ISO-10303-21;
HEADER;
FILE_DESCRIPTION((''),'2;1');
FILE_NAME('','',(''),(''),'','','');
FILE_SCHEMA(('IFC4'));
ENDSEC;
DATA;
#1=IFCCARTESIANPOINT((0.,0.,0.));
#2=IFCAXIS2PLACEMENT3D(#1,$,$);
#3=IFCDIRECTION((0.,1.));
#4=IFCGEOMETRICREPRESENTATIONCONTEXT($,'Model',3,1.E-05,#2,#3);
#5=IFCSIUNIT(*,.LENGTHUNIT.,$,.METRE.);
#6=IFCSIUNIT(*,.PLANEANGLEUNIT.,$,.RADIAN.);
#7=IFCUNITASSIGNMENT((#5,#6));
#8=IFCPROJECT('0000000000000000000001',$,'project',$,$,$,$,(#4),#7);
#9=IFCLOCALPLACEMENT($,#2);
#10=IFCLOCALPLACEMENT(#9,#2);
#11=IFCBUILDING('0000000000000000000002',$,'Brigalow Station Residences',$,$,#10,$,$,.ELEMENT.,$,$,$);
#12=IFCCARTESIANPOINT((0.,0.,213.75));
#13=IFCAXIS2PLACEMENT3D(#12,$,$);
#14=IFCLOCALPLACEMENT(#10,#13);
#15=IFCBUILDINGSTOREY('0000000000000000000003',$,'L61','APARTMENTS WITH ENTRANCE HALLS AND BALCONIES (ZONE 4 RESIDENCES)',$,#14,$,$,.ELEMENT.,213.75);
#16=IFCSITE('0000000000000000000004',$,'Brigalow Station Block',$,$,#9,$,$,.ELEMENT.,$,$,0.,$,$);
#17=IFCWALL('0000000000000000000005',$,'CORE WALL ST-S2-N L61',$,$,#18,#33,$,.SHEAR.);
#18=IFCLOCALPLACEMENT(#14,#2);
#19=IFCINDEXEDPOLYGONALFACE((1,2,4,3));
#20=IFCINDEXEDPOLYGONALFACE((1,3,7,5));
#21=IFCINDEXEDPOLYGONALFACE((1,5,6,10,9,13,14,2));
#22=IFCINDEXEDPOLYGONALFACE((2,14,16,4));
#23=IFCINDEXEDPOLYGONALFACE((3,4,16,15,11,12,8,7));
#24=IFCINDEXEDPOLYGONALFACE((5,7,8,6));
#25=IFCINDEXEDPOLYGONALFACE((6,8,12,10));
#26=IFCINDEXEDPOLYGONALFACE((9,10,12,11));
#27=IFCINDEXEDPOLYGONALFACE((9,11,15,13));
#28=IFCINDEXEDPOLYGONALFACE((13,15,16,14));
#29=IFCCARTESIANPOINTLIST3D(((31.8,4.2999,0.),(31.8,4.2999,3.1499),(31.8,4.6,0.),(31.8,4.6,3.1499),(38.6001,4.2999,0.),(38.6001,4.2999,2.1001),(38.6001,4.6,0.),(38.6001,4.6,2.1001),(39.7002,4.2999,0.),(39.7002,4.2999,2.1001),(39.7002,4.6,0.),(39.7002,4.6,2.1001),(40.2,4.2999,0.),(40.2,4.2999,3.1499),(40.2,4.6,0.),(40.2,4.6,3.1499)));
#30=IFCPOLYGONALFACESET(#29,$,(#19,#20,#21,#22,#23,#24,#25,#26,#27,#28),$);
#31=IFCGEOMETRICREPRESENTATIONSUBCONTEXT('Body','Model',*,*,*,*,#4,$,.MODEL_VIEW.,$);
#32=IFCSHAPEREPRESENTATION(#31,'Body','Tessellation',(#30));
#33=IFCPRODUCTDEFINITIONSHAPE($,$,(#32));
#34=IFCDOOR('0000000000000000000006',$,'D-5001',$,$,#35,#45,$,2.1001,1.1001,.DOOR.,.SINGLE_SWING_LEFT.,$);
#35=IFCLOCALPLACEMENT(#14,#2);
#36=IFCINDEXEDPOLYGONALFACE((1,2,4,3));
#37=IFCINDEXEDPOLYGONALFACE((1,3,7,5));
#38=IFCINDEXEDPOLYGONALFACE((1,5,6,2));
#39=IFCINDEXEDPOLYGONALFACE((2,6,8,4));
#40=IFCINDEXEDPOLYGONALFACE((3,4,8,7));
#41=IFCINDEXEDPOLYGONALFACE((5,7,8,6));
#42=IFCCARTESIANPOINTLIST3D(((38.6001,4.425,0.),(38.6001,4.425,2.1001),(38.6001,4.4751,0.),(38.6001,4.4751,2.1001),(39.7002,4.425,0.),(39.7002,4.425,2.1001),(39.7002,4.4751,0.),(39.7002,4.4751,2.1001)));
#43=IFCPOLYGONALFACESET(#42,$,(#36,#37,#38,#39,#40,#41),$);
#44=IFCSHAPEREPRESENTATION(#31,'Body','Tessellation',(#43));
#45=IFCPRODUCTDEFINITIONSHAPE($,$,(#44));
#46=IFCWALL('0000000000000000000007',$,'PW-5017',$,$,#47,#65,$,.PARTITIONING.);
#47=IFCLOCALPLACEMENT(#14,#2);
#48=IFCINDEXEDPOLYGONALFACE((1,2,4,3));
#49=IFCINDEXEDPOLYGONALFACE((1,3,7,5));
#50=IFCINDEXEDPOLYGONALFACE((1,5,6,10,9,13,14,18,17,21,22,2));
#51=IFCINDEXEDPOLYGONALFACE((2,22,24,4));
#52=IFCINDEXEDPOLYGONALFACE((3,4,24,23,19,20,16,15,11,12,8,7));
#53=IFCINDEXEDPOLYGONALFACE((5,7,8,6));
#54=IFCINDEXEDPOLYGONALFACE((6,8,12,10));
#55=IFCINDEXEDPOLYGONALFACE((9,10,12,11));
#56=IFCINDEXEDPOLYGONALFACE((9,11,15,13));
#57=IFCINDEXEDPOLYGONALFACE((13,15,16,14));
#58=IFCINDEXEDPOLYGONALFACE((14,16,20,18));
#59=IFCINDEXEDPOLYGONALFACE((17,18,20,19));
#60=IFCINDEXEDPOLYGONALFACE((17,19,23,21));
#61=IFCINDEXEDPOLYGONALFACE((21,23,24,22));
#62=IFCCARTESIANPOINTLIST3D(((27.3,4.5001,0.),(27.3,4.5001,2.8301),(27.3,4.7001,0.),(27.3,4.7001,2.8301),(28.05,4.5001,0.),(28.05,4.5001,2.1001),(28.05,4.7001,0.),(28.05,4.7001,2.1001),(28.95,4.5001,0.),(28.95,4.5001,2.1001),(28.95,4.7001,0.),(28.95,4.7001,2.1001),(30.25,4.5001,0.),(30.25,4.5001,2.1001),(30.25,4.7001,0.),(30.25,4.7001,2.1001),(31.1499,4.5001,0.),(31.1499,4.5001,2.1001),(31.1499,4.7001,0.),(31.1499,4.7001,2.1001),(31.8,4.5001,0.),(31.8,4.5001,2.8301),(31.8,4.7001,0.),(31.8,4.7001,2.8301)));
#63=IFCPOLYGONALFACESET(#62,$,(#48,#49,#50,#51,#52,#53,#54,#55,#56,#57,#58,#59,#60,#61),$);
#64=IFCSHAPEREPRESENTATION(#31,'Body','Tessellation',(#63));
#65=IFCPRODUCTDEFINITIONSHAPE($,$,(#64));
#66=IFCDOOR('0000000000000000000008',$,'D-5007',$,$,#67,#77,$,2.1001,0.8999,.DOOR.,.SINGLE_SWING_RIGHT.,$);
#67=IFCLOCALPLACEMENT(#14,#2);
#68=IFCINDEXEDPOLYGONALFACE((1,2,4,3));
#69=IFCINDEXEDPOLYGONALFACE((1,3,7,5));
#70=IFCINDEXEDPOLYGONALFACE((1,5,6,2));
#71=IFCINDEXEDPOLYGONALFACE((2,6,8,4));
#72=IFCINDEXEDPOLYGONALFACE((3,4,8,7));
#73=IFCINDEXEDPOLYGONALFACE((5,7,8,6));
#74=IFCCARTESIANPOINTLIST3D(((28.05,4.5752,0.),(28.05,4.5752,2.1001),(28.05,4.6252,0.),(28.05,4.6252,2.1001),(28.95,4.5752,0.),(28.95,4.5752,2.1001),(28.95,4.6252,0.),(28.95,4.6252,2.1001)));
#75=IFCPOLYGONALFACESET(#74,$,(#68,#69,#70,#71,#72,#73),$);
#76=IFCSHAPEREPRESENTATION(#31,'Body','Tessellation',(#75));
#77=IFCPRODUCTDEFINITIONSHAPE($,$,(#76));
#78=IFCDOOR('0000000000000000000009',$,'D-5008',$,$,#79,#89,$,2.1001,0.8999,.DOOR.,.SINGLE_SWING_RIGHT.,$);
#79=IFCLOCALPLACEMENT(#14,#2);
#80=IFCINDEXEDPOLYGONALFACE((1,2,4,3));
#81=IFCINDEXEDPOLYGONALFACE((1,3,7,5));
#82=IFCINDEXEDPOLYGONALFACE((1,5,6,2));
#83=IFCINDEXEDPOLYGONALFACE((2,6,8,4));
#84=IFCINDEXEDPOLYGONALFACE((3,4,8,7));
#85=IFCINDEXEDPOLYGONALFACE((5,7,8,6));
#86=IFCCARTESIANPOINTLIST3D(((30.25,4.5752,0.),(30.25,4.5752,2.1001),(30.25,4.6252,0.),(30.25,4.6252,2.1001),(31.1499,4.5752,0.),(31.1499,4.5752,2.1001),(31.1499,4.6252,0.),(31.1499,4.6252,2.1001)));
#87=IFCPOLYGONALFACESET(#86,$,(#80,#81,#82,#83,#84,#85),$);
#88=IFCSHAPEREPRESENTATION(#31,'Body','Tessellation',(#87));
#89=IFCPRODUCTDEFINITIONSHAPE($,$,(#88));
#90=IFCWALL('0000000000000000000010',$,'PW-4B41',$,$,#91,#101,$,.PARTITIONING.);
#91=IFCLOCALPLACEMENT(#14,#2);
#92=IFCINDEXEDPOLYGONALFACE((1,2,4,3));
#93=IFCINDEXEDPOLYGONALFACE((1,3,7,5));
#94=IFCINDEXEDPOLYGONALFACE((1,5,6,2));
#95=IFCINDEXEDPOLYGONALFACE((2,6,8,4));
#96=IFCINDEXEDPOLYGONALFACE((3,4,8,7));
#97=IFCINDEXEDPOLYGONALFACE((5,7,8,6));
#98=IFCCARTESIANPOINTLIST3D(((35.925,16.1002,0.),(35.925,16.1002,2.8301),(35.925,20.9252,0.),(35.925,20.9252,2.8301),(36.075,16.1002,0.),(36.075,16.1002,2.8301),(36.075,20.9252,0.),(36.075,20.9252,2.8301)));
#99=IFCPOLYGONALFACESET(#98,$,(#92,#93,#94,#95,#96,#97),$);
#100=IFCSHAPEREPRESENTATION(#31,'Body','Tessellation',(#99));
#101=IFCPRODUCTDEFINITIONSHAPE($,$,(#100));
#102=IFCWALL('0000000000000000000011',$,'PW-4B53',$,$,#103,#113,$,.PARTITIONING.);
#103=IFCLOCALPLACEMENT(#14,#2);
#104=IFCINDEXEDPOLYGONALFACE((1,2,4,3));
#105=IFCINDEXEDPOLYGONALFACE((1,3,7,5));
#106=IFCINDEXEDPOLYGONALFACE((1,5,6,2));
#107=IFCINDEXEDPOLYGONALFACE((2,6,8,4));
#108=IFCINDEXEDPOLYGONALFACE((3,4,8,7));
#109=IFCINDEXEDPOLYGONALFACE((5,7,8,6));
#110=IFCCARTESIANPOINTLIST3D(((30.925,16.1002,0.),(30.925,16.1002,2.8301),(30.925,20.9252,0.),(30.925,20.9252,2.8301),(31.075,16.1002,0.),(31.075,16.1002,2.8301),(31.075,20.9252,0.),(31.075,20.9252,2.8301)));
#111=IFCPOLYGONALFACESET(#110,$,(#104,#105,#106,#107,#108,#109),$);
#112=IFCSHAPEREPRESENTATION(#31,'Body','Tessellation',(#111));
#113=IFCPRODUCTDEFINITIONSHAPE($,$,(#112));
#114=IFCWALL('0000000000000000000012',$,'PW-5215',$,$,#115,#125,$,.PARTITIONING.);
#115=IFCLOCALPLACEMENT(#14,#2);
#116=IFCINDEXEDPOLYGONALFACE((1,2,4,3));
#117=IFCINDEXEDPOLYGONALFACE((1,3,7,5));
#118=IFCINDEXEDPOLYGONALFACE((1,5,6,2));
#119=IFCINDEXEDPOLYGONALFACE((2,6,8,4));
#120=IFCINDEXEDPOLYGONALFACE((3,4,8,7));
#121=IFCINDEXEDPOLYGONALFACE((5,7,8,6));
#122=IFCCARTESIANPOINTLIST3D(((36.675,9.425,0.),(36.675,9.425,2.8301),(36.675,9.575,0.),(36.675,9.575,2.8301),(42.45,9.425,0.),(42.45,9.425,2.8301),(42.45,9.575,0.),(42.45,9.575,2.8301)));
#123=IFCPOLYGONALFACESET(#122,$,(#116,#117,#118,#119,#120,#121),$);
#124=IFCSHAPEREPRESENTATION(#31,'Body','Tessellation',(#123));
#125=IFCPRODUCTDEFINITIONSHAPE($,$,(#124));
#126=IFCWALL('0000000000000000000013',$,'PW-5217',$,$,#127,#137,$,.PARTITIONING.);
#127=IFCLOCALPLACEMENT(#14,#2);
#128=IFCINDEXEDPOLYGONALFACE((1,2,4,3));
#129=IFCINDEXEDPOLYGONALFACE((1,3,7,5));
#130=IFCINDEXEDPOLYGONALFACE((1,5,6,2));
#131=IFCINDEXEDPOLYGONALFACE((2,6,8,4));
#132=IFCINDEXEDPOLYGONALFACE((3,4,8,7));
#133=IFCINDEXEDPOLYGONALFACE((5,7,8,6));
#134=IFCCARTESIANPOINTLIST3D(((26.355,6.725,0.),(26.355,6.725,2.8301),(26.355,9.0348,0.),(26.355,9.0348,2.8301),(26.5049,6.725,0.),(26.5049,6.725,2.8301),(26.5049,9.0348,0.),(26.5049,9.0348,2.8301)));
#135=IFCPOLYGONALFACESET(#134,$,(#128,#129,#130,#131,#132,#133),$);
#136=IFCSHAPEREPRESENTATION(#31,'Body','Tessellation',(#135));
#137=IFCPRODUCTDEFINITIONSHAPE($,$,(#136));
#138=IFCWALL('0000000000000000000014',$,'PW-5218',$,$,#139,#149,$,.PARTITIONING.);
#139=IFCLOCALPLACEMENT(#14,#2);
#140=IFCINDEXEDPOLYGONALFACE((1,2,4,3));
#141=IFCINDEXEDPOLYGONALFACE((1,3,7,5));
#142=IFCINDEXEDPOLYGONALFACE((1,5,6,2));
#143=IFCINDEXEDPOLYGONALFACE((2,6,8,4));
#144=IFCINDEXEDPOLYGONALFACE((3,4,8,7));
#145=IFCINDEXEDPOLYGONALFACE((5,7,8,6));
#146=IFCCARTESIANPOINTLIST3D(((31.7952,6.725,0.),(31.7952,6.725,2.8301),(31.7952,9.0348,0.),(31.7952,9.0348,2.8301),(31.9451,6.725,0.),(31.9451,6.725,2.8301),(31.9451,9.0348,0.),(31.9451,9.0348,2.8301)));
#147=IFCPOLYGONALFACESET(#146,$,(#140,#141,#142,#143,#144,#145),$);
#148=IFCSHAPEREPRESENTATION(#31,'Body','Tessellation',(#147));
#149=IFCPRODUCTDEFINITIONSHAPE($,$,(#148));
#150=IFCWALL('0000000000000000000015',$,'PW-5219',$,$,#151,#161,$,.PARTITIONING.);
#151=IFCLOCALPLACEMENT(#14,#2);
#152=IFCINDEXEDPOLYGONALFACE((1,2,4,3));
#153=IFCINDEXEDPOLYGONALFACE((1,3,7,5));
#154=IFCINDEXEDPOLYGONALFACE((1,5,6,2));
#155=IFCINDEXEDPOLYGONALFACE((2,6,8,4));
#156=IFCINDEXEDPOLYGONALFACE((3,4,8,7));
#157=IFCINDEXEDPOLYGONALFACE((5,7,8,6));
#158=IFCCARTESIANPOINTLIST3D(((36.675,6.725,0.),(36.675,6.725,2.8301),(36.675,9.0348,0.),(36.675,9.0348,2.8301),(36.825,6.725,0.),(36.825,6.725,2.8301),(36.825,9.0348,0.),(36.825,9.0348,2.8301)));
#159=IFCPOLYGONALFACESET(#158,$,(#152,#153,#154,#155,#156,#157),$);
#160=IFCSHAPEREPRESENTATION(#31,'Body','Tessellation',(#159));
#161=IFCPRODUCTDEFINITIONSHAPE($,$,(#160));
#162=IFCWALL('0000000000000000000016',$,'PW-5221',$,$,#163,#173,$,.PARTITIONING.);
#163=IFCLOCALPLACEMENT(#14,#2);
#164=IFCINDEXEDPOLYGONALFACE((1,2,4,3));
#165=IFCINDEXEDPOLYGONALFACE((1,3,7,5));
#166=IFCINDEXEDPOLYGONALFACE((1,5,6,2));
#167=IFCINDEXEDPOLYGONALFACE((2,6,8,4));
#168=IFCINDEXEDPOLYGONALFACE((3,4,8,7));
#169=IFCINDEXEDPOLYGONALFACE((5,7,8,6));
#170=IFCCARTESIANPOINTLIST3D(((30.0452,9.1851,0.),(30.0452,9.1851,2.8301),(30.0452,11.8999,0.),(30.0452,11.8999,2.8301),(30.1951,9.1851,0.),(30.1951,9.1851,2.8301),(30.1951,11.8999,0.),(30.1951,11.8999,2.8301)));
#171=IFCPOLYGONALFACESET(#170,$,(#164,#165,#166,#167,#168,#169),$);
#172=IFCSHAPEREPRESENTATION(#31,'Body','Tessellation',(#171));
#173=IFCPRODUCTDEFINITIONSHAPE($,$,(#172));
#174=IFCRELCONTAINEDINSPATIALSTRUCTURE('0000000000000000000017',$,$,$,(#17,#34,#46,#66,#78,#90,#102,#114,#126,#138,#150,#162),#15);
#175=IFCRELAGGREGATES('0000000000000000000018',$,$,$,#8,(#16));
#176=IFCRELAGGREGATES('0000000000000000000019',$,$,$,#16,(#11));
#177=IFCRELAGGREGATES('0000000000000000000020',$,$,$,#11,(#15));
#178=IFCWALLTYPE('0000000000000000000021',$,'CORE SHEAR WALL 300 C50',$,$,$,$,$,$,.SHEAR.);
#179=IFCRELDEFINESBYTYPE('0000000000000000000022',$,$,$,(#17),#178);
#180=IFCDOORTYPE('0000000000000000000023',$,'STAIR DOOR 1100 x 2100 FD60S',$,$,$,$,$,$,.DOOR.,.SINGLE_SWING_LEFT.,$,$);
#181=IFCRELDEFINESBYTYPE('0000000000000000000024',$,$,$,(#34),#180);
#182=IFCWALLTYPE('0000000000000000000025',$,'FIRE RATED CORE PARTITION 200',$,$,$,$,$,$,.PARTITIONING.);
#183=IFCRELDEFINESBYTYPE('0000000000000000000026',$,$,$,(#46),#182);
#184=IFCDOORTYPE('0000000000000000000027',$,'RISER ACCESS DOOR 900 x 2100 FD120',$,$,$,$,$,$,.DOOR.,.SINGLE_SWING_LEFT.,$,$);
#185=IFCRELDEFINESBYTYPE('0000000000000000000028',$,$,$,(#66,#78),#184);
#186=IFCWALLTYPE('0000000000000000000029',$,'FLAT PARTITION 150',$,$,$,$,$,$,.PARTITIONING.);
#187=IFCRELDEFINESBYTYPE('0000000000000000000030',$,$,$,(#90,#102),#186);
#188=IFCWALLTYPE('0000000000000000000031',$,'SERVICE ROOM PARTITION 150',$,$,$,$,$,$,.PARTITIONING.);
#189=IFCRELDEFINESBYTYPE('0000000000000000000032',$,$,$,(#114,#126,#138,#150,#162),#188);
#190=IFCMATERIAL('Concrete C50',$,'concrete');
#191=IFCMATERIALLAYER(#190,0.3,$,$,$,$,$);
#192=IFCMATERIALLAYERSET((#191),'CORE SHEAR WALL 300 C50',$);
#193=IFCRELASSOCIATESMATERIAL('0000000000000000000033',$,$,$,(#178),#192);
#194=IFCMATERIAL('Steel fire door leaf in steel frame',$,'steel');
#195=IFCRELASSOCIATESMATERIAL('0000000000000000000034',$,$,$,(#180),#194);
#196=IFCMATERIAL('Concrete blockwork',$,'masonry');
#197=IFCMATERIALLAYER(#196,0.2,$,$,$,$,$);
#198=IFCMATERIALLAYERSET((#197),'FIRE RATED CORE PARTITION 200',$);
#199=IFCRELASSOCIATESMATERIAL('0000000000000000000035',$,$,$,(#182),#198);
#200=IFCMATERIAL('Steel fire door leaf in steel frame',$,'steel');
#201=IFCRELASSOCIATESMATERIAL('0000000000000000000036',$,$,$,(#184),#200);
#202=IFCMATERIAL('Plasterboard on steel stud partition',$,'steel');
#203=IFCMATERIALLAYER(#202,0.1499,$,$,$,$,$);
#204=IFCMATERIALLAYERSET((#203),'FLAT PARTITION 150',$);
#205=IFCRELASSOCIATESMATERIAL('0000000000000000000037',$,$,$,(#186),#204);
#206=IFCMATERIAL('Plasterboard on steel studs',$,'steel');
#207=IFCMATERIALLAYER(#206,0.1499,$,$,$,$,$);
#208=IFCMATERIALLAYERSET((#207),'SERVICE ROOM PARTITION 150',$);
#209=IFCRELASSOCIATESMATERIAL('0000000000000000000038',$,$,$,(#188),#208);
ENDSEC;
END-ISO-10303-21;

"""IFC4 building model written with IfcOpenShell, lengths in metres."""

from ifc_helpers import new_model, si_unit, direction, frame, frame_2d, origin, place, context, subcontext, project, spatial, rectangle, extrude, material, layer, layer_set, type_object, element, fill, save


model = new_model("IFC4")

# Units and contexts
model_context = context("Model", 3, precision=1e-05, world=origin(), true_north=direction((0.0, 1.0)))
body_context = subcontext(model_context, "Body", "Model", "MODEL_VIEW")
ifc_project = project(units=[si_unit("LENGTHUNIT", "METRE"), si_unit("PLANEANGLEUNIT", "RADIAN")], contexts=[model_context])

# Site, building, storey
site_placement = place(None, origin())
site = spatial("IfcSite", under=ifc_project, at=site_placement, Name="Brigalow Station Block", CompositionType="ELEMENT", RefElevation=0.0)
building_placement = place(site_placement, origin())
building = spatial("IfcBuilding", under=site, at=building_placement, Name="Brigalow Station Residences", CompositionType="ELEMENT")
storey_placement = place(building_placement, frame((0.0, 0.0, 213.75)))
storey = spatial("IfcBuildingStorey", under=building, at=storey_placement, Name="L61", Description="APARTMENTS WITH ENTRANCE HALLS AND BALCONIES (ZONE 4 RESIDENCES)", CompositionType="ELEMENT", Elevation=213.75)

# Wall, opening, door
ifc_material_1 = material(Name="Concrete C50", Category="concrete")
ifc_layer_1 = layer(ifc_material_1, 0.3)
ifc_layer_set_1 = layer_set([ifc_layer_1], Name="CORE SHEAR WALL 300 C50")
wall_type_1 = type_object("IfcWallType", Name="CORE SHEAR WALL 300 C50", PredefinedType="SHEAR", material=ifc_layer_set_1)
wall_1_placement = place(storey_placement, frame((31.8, 4.45, 0.0), z_axis=(0.0, 0.0, 1.0), x_axis=(1.0, 0.0, 0.0)))
wall_1 = element("IfcWall", 1, at=wall_1_placement, inside=storey, type_object=wall_type_1, Name="CORE WALL ST-S2-N L61", PredefinedType="SHEAR", context=body_context, shape_type="SweptSolid", body=[
    extrude(rectangle(XDim=8.3999, YDim=0.3, at=frame_2d((4.2, 0.0))), origin(), (0.0, 0.0, 1.0), 3.1499),
])
opening_1_placement = place(wall_1_placement, frame((6.8, 0.0, 0.0)))
opening_1 = element("IfcOpeningElement", 2, at=opening_1_placement, cuts=wall_1, PredefinedType="OPENING", context=body_context, shape_type="SweptSolid", body=[
    extrude(rectangle(XDim=1.1001, YDim=2.1001, at=frame_2d((0.55, 1.05))), frame((0.0, 0.1602, 0.0), z_axis=(0.0, -1.0, 0.0), x_axis=(1.0, 0.0, 0.0)), (0.0, 0.0, 1.0), 0.3201),
])
ifc_material_2 = material(Name="Steel fire door leaf in steel frame", Category="steel")
door_type_1 = type_object("IfcDoorType", Name="STAIR DOOR 1100 x 2100 FD60S", OperationType="SINGLE_SWING_LEFT", PredefinedType="DOOR", material=ifc_material_2)
door_1_placement = place(opening_1_placement, frame((1.1001, 0.0, 0.0), z_axis=(0.0, 0.0, 1.0), x_axis=(-1.0, 0.0, 0.0)))
door_1 = element("IfcDoor", 3, at=door_1_placement, inside=storey, type_object=door_type_1, Name="D-5001", OperationType="SINGLE_SWING_LEFT", OverallHeight=2.1001, OverallWidth=1.1001, PredefinedType="DOOR", context=body_context, shape_type="SweptSolid", body=[
    extrude(rectangle(XDim=1.1001, YDim=2.1001, at=frame_2d((0.55, 1.05))), frame((0.0, 0.0249, 0.0), z_axis=(0.0, -1.0, 0.0), x_axis=(1.0, 0.0, 0.0)), (0.0, 0.0, 1.0), 0.05),
])
fill(opening_1, door_1)

# Wall, openings, doors
ifc_material_3 = material(Name="Concrete blockwork", Category="masonry")
ifc_layer_2 = layer(ifc_material_3, 0.2)
ifc_layer_set_2 = layer_set([ifc_layer_2], Name="FIRE RATED CORE PARTITION 200")
wall_type_2 = type_object("IfcWallType", Name="FIRE RATED CORE PARTITION 200", PredefinedType="PARTITIONING", material=ifc_layer_set_2)
wall_2_placement = place(storey_placement, frame((27.3, 4.6001, 0.0), z_axis=(0.0, 0.0, 1.0), x_axis=(1.0, 0.0, 0.0)))
wall_2 = element("IfcWall", 4, at=wall_2_placement, inside=storey, type_object=wall_type_2, Name="PW-5017", PredefinedType="PARTITIONING", context=body_context, shape_type="SweptSolid", body=[
    extrude(rectangle(XDim=4.5, YDim=0.2, at=frame_2d((2.25, 0.0))), origin(), (0.0, 0.0, 1.0), 2.8301),
])
opening_2_placement = place(wall_2_placement, frame((0.75, 0.0, 0.0)))
opening_2 = element("IfcOpeningElement", 5, at=opening_2_placement, cuts=wall_2, PredefinedType="OPENING", context=body_context, shape_type="SweptSolid", body=[
    extrude(rectangle(XDim=0.8999, YDim=2.1001, at=frame_2d((0.45, 1.05))), frame((0.0, 0.1099, 0.0), z_axis=(0.0, -1.0, 0.0), x_axis=(1.0, 0.0, 0.0)), (0.0, 0.0, 1.0), 0.22),
])
opening_3_placement = place(wall_2_placement, frame((2.95, 0.0, 0.0)))
opening_3 = element("IfcOpeningElement", 6, at=opening_3_placement, cuts=wall_2, PredefinedType="OPENING", context=body_context, shape_type="SweptSolid", body=[
    extrude(rectangle(XDim=0.8999, YDim=2.1001, at=frame_2d((0.45, 1.05))), frame((0.0, 0.1099, 0.0), z_axis=(0.0, -1.0, 0.0), x_axis=(1.0, 0.0, 0.0)), (0.0, 0.0, 1.0), 0.22),
])
ifc_material_4 = material(Name="Steel fire door leaf in steel frame", Category="steel")
door_type_2 = type_object("IfcDoorType", Name="RISER ACCESS DOOR 900 x 2100 FD120", OperationType="SINGLE_SWING_LEFT", PredefinedType="DOOR", material=ifc_material_4)
door_2_placement = place(opening_2_placement, frame((0.8999, 0.0, 0.0), z_axis=(0.0, 0.0, 1.0), x_axis=(-1.0, 0.0, 0.0)))
door_2 = element("IfcDoor", 7, at=door_2_placement, inside=storey, type_object=door_type_2, Name="D-5007", OperationType="SINGLE_SWING_RIGHT", OverallHeight=2.1001, OverallWidth=0.8999, PredefinedType="DOOR", context=body_context, shape_type="SweptSolid", body=[
    extrude(rectangle(XDim=0.8999, YDim=2.1001, at=frame_2d((0.45, 1.05))), frame((0.0, 0.0249, 0.0), z_axis=(0.0, -1.0, 0.0), x_axis=(1.0, 0.0, 0.0)), (0.0, 0.0, 1.0), 0.05),
])
fill(opening_2, door_2)
door_3_placement = place(opening_3_placement, frame((0.8999, 0.0, 0.0), z_axis=(0.0, 0.0, 1.0), x_axis=(-1.0, 0.0, 0.0)))
door_3 = element("IfcDoor", 8, at=door_3_placement, inside=storey, type_object=door_type_2, Name="D-5008", OperationType="SINGLE_SWING_RIGHT", OverallHeight=2.1001, OverallWidth=0.8999, PredefinedType="DOOR", context=body_context, shape_type="SweptSolid", body=[
    extrude(rectangle(XDim=0.8999, YDim=2.1001, at=frame_2d((0.45, 1.05))), frame((0.0, 0.0249, 0.0), z_axis=(0.0, -1.0, 0.0), x_axis=(1.0, 0.0, 0.0)), (0.0, 0.0, 1.0), 0.05),
])
fill(opening_3, door_3)

# Walls
ifc_material_5 = material(Name="Plasterboard on steel stud partition", Category="steel")
ifc_layer_3 = layer(ifc_material_5, 0.1499)
ifc_layer_set_3 = layer_set([ifc_layer_3], Name="FLAT PARTITION 150")
wall_type_3 = type_object("IfcWallType", Name="FLAT PARTITION 150", PredefinedType="PARTITIONING", material=ifc_layer_set_3)
for number, where, z_axis, x_axis, name in (
    (9, (36.0, 16.1001, 0.0), (0.0, 0.0, 1.0), (0.0, 1.0, 0.0), "PW-4B41"),
    (10, (31.0, 16.1001, 0.0), (0.0, 0.0, 1.0), (0.0, 1.0, 0.0), "PW-4B53"),
):
    element("IfcWall", number, at=place(storey_placement, frame(where, z_axis=z_axis, x_axis=x_axis)), inside=storey, type_object=wall_type_3, Name=name, PredefinedType="PARTITIONING", context=body_context, shape_type="SweptSolid", body=[
        extrude(rectangle(XDim=4.825, YDim=0.1499, at=frame_2d((2.4126, 0.0))), origin(), (0.0, 0.0, 1.0), 2.8301),
    ])
ifc_material_6 = material(Name="Plasterboard on steel studs", Category="steel")
ifc_layer_4 = layer(ifc_material_6, 0.1499)
ifc_layer_set_4 = layer_set([ifc_layer_4], Name="SERVICE ROOM PARTITION 150")
wall_type_4 = type_object("IfcWallType", Name="SERVICE ROOM PARTITION 150", PredefinedType="PARTITIONING", material=ifc_layer_set_4)
wall_3_placement = place(storey_placement, frame((36.675, 9.5, 0.0), z_axis=(0.0, 0.0, 1.0), x_axis=(1.0, 0.0, 0.0)))
element("IfcWall", 11, at=wall_3_placement, inside=storey, type_object=wall_type_4, Name="PW-5215", PredefinedType="PARTITIONING", context=body_context, shape_type="SweptSolid", body=[
    extrude(rectangle(XDim=5.7749, YDim=0.1499, at=frame_2d((2.8875, 0.0))), origin(), (0.0, 0.0, 1.0), 2.8301),
])
for number, where, z_axis, x_axis, name in (
    (12, (26.4299, 6.7251, 0.0), (0.0, 0.0, 1.0), (0.0, 1.0, 0.0), "PW-5217"),
    (13, (31.8701, 6.7251, 0.0), (0.0, 0.0, 1.0), (0.0, 1.0, 0.0), "PW-5218"),
    (14, (36.75, 6.7251, 0.0), (0.0, 0.0, 1.0), (0.0, 1.0, 0.0), "PW-5219"),
):
    element("IfcWall", number, at=place(storey_placement, frame(where, z_axis=z_axis, x_axis=x_axis)), inside=storey, type_object=wall_type_4, Name=name, PredefinedType="PARTITIONING", context=body_context, shape_type="SweptSolid", body=[
        extrude(rectangle(XDim=2.3098, YDim=0.1499, at=frame_2d((1.1548, 0.0))), origin(), (0.0, 0.0, 1.0), 2.8301),
    ])
wall_4_placement = place(storey_placement, frame((30.1201, 9.1851, 0.0), z_axis=(0.0, 0.0, 1.0), x_axis=(0.0, 1.0, 0.0)))
element("IfcWall", 15, at=wall_4_placement, inside=storey, type_object=wall_type_4, Name="PW-5221", PredefinedType="PARTITIONING", context=body_context, shape_type="SweptSolid", body=[
    extrude(rectangle(XDim=2.7148, YDim=0.1499, at=frame_2d((1.3574, 0.0))), origin(), (0.0, 0.0, 1.0), 2.8301),
])

save(model, "model.ifc")
